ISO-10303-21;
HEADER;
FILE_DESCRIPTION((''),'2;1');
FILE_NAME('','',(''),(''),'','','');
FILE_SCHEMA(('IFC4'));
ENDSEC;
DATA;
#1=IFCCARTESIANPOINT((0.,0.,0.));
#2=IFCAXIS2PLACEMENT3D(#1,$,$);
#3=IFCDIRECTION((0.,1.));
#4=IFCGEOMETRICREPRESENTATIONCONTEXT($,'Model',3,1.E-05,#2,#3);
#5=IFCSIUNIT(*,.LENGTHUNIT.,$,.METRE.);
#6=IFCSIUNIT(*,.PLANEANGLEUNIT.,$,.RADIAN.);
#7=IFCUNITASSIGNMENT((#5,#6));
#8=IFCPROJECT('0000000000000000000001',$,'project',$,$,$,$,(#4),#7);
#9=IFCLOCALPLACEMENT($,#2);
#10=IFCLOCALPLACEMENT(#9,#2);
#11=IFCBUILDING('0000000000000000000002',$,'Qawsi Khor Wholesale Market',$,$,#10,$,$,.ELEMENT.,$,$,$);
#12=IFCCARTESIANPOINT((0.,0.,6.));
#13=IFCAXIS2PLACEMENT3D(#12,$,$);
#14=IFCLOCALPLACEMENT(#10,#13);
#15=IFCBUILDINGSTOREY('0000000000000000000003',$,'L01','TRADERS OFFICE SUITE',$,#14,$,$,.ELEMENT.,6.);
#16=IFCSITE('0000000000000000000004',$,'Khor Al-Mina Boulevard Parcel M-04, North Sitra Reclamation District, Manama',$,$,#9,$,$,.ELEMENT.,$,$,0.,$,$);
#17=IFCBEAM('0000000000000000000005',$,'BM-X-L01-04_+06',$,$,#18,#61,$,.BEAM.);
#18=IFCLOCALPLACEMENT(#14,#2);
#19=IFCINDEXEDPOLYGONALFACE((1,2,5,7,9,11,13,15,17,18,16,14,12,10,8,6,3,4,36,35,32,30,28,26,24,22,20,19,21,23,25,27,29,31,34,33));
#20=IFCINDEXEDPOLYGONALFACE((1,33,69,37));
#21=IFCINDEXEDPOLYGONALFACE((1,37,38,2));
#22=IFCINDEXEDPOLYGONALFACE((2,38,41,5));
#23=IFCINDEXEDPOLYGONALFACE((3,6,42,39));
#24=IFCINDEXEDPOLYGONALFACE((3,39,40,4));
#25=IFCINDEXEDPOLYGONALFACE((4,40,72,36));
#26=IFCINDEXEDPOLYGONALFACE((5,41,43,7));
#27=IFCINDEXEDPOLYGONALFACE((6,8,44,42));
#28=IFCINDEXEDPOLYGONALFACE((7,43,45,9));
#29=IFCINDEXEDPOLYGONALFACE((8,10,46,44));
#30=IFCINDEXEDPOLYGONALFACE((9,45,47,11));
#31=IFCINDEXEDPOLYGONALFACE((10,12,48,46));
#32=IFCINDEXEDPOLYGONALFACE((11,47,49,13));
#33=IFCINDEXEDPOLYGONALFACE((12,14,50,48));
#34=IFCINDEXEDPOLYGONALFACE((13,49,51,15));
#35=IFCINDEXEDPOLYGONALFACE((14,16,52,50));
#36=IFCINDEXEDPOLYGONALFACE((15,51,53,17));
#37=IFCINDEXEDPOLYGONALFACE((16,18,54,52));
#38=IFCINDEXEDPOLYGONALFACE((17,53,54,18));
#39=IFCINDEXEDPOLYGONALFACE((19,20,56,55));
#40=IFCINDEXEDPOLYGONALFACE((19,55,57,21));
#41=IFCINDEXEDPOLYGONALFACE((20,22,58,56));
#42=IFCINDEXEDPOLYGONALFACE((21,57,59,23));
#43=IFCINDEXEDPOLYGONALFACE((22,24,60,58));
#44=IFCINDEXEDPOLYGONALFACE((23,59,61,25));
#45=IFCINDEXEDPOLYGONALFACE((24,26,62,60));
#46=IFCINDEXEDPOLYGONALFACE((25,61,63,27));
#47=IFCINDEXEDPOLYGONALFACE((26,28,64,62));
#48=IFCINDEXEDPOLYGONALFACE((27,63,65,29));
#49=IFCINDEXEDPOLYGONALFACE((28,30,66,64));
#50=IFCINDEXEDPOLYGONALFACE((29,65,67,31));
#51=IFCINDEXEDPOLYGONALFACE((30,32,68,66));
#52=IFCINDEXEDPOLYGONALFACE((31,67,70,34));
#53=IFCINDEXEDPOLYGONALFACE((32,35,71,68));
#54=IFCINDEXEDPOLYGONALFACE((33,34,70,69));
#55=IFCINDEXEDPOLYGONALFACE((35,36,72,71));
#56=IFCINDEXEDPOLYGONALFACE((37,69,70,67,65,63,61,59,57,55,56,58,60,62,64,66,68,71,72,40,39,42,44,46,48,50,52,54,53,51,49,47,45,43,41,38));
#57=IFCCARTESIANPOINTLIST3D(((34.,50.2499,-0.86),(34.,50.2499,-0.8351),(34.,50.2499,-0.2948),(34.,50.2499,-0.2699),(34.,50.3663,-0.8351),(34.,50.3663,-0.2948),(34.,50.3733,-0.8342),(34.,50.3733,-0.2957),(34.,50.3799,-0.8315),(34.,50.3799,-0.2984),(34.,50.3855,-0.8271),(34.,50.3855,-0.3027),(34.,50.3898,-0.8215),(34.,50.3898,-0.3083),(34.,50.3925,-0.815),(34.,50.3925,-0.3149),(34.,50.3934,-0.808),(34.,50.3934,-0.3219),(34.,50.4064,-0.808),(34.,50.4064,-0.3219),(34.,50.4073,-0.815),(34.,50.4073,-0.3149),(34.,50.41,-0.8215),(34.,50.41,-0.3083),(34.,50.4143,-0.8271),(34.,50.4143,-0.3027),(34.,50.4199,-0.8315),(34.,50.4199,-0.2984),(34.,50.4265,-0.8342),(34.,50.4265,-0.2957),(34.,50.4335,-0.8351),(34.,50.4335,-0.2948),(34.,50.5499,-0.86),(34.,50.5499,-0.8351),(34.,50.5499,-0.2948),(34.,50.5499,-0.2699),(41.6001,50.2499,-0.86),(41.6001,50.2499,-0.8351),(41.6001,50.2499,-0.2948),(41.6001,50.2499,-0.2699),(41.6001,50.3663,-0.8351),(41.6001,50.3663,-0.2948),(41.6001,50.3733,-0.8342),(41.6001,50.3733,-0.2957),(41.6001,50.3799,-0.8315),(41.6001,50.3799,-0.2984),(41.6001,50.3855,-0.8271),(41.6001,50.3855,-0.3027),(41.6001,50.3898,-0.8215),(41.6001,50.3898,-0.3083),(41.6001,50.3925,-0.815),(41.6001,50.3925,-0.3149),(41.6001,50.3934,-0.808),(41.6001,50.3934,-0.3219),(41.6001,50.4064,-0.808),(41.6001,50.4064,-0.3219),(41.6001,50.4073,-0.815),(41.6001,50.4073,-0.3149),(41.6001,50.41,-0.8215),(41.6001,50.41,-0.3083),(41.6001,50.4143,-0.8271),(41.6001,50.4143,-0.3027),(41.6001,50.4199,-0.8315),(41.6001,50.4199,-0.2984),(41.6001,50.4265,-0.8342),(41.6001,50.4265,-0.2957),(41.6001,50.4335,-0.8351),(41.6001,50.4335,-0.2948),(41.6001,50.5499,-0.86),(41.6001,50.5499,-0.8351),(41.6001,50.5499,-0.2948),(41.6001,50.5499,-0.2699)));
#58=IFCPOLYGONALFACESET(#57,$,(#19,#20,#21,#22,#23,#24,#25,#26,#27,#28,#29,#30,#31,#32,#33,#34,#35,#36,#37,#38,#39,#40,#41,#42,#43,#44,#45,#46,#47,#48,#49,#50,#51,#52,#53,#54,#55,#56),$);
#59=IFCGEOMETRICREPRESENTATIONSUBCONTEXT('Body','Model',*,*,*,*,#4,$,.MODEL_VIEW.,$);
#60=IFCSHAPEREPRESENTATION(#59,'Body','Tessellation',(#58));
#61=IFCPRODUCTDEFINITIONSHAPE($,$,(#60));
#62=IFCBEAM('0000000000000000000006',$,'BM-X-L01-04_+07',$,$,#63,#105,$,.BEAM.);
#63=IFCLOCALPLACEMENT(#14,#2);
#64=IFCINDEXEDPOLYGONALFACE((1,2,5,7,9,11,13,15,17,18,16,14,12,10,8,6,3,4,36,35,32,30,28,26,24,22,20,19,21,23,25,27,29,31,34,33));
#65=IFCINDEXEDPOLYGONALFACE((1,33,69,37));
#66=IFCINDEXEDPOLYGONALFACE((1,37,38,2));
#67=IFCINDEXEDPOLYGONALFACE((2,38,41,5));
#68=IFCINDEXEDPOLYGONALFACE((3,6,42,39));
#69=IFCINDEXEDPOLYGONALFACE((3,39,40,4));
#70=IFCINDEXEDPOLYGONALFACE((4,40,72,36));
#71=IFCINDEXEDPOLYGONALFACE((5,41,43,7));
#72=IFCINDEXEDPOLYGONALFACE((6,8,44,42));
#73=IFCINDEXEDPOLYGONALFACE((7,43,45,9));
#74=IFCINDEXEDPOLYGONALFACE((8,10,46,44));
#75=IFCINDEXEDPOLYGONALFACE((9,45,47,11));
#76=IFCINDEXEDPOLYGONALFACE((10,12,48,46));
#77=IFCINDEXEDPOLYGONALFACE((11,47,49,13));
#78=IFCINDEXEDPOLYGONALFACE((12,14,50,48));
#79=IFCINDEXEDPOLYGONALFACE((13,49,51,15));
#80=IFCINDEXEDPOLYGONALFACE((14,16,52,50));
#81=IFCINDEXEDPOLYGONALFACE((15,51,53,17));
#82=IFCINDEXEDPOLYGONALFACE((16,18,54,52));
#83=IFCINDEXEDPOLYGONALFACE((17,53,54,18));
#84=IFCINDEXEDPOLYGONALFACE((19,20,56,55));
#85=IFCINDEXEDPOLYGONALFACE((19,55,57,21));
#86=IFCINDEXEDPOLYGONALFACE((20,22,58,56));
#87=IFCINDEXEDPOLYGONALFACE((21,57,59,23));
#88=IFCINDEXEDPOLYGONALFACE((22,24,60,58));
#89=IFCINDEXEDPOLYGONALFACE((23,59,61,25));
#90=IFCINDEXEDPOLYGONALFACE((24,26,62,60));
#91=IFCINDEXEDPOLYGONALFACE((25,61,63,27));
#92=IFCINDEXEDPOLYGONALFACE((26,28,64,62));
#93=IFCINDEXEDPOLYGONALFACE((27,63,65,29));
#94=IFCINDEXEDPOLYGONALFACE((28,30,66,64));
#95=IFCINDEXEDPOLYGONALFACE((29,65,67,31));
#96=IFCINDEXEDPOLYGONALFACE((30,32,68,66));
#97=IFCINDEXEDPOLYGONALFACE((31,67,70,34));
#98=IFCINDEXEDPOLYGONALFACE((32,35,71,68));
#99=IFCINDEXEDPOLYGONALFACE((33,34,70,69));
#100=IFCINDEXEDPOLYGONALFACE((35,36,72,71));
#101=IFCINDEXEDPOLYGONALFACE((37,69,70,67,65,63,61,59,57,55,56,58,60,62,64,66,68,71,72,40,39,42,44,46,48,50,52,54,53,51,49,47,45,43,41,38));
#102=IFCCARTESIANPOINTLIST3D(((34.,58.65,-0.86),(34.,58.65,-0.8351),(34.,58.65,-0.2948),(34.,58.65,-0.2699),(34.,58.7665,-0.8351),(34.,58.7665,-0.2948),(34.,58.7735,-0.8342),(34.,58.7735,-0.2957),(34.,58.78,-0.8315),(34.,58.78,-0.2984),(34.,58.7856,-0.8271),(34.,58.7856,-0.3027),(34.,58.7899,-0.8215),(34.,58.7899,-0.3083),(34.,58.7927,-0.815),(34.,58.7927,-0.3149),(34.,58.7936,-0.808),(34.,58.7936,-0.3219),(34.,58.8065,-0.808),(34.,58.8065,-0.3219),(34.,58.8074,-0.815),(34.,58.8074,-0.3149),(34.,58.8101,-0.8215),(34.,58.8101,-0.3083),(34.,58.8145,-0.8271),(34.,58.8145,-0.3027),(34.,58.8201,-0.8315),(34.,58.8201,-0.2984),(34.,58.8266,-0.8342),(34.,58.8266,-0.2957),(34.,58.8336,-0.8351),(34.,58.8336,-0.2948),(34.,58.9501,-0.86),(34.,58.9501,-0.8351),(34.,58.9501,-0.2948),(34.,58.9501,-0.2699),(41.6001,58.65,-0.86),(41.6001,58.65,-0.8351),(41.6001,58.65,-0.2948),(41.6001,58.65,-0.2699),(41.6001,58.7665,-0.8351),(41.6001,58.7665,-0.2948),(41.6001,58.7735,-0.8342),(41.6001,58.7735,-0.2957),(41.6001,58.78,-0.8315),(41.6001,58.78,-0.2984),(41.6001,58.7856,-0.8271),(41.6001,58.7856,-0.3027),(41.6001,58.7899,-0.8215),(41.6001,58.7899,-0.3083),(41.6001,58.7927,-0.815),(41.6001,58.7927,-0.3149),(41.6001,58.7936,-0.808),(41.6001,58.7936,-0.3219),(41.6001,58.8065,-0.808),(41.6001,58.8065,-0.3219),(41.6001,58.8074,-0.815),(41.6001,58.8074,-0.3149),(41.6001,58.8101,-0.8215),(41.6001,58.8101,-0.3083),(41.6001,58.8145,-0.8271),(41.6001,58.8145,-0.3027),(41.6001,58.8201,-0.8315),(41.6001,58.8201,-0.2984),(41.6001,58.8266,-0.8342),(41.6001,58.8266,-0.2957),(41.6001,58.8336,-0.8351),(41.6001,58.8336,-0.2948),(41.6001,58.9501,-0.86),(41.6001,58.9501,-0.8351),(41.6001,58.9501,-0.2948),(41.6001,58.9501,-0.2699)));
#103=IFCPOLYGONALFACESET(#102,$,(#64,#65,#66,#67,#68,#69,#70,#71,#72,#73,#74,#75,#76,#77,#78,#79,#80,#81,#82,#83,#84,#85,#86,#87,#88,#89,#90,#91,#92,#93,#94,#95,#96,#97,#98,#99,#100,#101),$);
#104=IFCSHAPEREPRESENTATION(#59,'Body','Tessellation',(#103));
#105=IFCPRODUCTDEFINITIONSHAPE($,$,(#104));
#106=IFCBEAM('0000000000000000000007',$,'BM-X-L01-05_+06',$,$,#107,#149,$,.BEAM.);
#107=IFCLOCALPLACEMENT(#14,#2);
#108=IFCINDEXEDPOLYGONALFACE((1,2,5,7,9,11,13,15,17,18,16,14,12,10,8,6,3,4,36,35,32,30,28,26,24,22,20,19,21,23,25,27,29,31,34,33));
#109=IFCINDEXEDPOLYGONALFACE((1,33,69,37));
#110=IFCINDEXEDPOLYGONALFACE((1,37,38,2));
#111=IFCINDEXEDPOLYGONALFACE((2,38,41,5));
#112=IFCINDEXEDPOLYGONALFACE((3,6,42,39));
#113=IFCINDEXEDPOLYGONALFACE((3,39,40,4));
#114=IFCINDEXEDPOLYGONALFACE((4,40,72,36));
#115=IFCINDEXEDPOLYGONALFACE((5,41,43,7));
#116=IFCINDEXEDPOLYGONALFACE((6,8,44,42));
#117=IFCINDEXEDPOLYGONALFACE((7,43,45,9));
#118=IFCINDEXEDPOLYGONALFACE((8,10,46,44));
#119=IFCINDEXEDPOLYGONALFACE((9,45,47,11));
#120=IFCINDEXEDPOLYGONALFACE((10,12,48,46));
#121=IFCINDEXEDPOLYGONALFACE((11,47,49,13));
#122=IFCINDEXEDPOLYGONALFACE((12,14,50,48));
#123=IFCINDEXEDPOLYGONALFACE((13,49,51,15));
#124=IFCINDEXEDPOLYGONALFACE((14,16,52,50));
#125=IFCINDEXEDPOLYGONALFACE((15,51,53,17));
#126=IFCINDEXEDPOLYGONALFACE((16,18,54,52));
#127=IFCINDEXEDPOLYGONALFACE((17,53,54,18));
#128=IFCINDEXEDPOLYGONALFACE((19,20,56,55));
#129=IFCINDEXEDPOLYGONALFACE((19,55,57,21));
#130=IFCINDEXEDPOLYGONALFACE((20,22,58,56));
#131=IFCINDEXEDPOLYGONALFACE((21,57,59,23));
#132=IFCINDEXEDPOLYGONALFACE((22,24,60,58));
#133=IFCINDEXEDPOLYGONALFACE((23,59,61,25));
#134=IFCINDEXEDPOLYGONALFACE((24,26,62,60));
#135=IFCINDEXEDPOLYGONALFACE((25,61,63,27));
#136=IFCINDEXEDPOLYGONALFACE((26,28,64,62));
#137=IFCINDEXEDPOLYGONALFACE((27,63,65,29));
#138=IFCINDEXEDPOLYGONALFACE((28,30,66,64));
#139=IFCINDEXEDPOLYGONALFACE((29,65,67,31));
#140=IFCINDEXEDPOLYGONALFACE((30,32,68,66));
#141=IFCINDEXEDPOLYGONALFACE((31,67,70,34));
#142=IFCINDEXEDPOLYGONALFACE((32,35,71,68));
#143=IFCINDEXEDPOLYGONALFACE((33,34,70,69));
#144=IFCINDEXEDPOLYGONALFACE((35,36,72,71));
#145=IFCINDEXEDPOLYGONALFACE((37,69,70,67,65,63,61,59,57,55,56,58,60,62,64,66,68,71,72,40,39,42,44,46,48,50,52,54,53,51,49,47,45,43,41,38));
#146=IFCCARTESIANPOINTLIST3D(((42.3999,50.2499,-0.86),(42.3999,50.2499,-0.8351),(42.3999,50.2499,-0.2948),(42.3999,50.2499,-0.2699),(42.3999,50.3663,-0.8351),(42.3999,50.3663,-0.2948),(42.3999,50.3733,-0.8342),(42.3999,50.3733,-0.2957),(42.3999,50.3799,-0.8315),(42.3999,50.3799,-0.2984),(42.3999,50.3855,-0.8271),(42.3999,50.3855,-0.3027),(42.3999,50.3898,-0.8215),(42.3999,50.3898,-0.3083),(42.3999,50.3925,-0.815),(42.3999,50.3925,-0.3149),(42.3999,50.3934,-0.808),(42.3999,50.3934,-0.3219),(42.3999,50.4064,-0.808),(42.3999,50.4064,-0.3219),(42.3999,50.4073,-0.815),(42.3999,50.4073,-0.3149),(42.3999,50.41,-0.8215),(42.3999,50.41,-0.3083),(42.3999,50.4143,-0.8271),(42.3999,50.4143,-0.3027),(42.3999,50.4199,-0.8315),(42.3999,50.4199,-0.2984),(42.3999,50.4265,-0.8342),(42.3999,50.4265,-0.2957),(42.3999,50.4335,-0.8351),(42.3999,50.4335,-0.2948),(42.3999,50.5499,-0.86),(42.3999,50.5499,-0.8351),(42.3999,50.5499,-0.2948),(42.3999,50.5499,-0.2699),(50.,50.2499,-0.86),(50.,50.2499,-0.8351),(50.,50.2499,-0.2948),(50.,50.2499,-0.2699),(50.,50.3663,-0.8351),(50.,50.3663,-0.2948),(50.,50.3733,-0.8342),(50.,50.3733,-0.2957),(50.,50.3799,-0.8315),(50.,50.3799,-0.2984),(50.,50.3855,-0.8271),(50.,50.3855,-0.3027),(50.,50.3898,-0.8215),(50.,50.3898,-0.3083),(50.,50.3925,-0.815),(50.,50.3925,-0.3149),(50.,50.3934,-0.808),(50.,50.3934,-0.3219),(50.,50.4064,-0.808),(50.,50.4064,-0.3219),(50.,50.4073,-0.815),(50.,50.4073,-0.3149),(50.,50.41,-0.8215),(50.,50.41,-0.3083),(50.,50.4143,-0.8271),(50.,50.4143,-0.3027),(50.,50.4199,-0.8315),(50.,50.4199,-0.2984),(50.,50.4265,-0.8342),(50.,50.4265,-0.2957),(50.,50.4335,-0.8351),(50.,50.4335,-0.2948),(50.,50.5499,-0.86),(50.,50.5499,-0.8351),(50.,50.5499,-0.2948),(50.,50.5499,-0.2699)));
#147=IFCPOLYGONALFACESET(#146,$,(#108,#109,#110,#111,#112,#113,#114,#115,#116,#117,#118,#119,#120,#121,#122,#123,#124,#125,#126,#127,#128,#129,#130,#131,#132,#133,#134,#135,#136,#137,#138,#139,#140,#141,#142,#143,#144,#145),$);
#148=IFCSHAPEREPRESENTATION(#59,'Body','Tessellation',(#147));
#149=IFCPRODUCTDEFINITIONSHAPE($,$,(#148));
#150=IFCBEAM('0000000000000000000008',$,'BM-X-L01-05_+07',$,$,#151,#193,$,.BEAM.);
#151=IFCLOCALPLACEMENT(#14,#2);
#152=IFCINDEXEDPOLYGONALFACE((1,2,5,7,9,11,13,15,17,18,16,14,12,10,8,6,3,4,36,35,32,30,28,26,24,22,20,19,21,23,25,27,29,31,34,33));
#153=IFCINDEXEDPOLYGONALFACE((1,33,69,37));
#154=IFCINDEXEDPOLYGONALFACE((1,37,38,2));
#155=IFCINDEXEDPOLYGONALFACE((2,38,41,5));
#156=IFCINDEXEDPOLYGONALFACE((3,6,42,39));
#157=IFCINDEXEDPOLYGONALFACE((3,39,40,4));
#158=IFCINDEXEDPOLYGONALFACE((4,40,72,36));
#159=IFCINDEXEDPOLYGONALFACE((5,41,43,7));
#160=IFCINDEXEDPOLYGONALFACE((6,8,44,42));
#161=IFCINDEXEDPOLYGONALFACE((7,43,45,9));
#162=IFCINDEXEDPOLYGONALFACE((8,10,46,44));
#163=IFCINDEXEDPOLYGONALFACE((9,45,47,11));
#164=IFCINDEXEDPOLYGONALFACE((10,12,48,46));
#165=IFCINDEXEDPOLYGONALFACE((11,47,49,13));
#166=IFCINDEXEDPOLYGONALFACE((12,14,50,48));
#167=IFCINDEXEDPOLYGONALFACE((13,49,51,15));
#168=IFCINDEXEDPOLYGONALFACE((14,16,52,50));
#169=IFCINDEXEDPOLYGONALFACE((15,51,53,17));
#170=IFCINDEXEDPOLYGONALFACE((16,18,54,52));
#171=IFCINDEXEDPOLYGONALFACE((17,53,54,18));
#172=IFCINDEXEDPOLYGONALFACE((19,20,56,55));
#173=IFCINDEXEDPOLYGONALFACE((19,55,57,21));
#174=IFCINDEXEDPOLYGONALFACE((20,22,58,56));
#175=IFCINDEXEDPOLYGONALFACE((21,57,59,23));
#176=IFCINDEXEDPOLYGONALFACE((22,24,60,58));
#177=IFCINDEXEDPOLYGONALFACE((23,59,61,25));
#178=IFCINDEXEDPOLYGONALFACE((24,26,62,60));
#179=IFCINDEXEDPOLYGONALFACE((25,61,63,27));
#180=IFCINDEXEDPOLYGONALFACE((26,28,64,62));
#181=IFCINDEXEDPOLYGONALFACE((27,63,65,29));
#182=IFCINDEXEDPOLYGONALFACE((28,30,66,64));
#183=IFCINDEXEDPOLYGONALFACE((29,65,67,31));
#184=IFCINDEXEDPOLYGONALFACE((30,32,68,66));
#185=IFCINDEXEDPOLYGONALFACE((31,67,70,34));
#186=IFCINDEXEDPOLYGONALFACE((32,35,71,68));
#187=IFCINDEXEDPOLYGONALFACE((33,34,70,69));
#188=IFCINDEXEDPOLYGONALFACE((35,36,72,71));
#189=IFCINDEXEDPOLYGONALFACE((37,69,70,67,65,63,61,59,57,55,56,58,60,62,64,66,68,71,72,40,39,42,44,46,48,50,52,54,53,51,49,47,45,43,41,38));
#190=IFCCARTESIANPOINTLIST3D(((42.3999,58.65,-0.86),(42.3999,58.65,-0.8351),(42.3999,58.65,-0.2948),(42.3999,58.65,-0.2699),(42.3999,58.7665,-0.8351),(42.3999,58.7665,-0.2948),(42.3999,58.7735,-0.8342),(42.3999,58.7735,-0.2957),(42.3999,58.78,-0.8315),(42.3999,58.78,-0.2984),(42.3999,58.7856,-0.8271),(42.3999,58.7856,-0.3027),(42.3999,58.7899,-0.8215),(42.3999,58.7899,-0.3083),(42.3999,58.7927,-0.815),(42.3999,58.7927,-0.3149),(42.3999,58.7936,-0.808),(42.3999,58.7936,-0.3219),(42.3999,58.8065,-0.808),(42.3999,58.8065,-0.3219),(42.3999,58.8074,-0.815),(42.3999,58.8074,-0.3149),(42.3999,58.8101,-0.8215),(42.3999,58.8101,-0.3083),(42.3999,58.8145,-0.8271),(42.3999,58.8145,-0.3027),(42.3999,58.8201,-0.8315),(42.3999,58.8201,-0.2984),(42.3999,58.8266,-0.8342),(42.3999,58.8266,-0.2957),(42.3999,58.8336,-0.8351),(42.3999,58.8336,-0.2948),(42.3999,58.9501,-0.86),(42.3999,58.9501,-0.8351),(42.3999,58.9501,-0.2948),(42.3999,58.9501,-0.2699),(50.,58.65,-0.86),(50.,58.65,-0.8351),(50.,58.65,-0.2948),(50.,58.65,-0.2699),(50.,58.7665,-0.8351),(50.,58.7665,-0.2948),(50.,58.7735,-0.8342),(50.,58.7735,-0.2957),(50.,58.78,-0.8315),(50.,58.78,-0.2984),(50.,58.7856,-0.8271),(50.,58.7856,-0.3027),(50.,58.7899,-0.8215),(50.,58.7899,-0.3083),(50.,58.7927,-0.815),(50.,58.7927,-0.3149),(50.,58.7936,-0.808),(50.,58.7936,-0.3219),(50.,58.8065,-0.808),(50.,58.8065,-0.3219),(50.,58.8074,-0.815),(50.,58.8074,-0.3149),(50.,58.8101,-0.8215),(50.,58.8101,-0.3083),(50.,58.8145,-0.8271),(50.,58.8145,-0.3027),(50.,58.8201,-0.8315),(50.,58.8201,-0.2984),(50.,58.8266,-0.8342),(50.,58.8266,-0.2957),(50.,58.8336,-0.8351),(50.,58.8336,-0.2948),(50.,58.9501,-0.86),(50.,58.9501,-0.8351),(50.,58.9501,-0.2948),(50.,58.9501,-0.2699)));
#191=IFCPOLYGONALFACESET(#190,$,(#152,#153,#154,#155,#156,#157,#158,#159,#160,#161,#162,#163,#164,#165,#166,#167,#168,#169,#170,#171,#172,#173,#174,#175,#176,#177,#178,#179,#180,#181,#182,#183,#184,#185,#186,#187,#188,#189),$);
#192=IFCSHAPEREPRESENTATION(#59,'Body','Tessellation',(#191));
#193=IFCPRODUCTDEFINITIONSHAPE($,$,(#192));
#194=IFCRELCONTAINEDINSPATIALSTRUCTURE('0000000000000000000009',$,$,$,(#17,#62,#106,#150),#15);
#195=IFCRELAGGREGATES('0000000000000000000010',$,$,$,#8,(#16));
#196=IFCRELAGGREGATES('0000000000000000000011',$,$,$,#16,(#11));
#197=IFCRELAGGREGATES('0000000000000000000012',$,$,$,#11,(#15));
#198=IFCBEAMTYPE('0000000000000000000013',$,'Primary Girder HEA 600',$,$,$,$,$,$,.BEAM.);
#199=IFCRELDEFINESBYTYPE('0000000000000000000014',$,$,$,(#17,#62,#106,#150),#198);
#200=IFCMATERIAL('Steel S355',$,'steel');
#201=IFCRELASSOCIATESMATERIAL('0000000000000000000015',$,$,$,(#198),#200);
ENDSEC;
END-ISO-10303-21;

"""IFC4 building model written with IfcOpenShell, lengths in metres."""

from ifc_helpers import new_model, si_unit, direction, frame, origin, origin_2d, place, context, subcontext, project, spatial, i_section, extrude, material, material_profile, profile_set, type_object, element, save


model = new_model("IFC4")

# Units and contexts
model_context = context("Model", 3, precision=1e-05, world=origin(), true_north=direction((0.0, 1.0)))
body_context = subcontext(model_context, "Body", "Model", "MODEL_VIEW")
ifc_project = project(units=[si_unit("LENGTHUNIT", "METRE"), si_unit("PLANEANGLEUNIT", "RADIAN")], contexts=[model_context])

# Site, building, storey
site_placement = place(None, origin())
site = spatial("IfcSite", under=ifc_project, at=site_placement, Name="Khor Al-Mina Boulevard Parcel M-04, North Sitra Reclamation District, Manama", CompositionType="ELEMENT", RefElevation=0.0)
building_placement = place(site_placement, origin())
building = spatial("IfcBuilding", under=site, at=building_placement, Name="Qawsi Khor Wholesale Market", CompositionType="ELEMENT")
storey_placement = place(building_placement, frame((0.0, 0.0, 6.0)))
storey = spatial("IfcBuildingStorey", under=building, at=storey_placement, Name="L01", Description="TRADERS OFFICE SUITE", CompositionType="ELEMENT", Elevation=6.0)

# Beams
ifc_material_1 = material(Name="Steel S355", Category="steel")
ifc_material_profile_1 = material_profile(ifc_material_1, i_section(OverallWidth=0.3, OverallDepth=0.5901, WebThickness=0.0129, FlangeThickness=0.0249, FilletRadius=0.0271, at=origin_2d()), Name="HEA 600")
ifc_profile_set_1 = profile_set([ifc_material_profile_1], Name="Steel S355")
beam_type_1 = type_object("IfcBeamType", Name="Primary Girder HEA 600", PredefinedType="BEAM", material=ifc_profile_set_1)
for number, where, z_axis, x_axis, name in (
    (1, (34.0, 50.3999, -0.5649), (1.0, 0.0, 0.0), (0.0, 1.0, 0.0), "BM-X-L01-04_+06"),
    (2, (34.0, 58.8, -0.5649), (1.0, 0.0, 0.0), (0.0, 1.0, 0.0), "BM-X-L01-04_+07"),
    (3, (42.3999, 50.3999, -0.5649), (1.0, 0.0, 0.0), (0.0, 1.0, 0.0), "BM-X-L01-05_+06"),
    (4, (42.3999, 58.8, -0.5649), (1.0, 0.0, 0.0), (0.0, 1.0, 0.0), "BM-X-L01-05_+07"),
):
    element("IfcBeam", number, at=place(storey_placement, frame(where, z_axis=z_axis, x_axis=x_axis)), inside=storey, type_object=beam_type_1, Name=name, PredefinedType="BEAM", context=body_context, shape_type="SweptSolid", body=[
        extrude(i_section(OverallWidth=0.3, OverallDepth=0.5901, WebThickness=0.0129, FlangeThickness=0.0249, FilletRadius=0.0271, at=origin_2d()), origin(), (0.0, 0.0, 1.0), 7.6001),
    ])

save(model, "model.ifc")
